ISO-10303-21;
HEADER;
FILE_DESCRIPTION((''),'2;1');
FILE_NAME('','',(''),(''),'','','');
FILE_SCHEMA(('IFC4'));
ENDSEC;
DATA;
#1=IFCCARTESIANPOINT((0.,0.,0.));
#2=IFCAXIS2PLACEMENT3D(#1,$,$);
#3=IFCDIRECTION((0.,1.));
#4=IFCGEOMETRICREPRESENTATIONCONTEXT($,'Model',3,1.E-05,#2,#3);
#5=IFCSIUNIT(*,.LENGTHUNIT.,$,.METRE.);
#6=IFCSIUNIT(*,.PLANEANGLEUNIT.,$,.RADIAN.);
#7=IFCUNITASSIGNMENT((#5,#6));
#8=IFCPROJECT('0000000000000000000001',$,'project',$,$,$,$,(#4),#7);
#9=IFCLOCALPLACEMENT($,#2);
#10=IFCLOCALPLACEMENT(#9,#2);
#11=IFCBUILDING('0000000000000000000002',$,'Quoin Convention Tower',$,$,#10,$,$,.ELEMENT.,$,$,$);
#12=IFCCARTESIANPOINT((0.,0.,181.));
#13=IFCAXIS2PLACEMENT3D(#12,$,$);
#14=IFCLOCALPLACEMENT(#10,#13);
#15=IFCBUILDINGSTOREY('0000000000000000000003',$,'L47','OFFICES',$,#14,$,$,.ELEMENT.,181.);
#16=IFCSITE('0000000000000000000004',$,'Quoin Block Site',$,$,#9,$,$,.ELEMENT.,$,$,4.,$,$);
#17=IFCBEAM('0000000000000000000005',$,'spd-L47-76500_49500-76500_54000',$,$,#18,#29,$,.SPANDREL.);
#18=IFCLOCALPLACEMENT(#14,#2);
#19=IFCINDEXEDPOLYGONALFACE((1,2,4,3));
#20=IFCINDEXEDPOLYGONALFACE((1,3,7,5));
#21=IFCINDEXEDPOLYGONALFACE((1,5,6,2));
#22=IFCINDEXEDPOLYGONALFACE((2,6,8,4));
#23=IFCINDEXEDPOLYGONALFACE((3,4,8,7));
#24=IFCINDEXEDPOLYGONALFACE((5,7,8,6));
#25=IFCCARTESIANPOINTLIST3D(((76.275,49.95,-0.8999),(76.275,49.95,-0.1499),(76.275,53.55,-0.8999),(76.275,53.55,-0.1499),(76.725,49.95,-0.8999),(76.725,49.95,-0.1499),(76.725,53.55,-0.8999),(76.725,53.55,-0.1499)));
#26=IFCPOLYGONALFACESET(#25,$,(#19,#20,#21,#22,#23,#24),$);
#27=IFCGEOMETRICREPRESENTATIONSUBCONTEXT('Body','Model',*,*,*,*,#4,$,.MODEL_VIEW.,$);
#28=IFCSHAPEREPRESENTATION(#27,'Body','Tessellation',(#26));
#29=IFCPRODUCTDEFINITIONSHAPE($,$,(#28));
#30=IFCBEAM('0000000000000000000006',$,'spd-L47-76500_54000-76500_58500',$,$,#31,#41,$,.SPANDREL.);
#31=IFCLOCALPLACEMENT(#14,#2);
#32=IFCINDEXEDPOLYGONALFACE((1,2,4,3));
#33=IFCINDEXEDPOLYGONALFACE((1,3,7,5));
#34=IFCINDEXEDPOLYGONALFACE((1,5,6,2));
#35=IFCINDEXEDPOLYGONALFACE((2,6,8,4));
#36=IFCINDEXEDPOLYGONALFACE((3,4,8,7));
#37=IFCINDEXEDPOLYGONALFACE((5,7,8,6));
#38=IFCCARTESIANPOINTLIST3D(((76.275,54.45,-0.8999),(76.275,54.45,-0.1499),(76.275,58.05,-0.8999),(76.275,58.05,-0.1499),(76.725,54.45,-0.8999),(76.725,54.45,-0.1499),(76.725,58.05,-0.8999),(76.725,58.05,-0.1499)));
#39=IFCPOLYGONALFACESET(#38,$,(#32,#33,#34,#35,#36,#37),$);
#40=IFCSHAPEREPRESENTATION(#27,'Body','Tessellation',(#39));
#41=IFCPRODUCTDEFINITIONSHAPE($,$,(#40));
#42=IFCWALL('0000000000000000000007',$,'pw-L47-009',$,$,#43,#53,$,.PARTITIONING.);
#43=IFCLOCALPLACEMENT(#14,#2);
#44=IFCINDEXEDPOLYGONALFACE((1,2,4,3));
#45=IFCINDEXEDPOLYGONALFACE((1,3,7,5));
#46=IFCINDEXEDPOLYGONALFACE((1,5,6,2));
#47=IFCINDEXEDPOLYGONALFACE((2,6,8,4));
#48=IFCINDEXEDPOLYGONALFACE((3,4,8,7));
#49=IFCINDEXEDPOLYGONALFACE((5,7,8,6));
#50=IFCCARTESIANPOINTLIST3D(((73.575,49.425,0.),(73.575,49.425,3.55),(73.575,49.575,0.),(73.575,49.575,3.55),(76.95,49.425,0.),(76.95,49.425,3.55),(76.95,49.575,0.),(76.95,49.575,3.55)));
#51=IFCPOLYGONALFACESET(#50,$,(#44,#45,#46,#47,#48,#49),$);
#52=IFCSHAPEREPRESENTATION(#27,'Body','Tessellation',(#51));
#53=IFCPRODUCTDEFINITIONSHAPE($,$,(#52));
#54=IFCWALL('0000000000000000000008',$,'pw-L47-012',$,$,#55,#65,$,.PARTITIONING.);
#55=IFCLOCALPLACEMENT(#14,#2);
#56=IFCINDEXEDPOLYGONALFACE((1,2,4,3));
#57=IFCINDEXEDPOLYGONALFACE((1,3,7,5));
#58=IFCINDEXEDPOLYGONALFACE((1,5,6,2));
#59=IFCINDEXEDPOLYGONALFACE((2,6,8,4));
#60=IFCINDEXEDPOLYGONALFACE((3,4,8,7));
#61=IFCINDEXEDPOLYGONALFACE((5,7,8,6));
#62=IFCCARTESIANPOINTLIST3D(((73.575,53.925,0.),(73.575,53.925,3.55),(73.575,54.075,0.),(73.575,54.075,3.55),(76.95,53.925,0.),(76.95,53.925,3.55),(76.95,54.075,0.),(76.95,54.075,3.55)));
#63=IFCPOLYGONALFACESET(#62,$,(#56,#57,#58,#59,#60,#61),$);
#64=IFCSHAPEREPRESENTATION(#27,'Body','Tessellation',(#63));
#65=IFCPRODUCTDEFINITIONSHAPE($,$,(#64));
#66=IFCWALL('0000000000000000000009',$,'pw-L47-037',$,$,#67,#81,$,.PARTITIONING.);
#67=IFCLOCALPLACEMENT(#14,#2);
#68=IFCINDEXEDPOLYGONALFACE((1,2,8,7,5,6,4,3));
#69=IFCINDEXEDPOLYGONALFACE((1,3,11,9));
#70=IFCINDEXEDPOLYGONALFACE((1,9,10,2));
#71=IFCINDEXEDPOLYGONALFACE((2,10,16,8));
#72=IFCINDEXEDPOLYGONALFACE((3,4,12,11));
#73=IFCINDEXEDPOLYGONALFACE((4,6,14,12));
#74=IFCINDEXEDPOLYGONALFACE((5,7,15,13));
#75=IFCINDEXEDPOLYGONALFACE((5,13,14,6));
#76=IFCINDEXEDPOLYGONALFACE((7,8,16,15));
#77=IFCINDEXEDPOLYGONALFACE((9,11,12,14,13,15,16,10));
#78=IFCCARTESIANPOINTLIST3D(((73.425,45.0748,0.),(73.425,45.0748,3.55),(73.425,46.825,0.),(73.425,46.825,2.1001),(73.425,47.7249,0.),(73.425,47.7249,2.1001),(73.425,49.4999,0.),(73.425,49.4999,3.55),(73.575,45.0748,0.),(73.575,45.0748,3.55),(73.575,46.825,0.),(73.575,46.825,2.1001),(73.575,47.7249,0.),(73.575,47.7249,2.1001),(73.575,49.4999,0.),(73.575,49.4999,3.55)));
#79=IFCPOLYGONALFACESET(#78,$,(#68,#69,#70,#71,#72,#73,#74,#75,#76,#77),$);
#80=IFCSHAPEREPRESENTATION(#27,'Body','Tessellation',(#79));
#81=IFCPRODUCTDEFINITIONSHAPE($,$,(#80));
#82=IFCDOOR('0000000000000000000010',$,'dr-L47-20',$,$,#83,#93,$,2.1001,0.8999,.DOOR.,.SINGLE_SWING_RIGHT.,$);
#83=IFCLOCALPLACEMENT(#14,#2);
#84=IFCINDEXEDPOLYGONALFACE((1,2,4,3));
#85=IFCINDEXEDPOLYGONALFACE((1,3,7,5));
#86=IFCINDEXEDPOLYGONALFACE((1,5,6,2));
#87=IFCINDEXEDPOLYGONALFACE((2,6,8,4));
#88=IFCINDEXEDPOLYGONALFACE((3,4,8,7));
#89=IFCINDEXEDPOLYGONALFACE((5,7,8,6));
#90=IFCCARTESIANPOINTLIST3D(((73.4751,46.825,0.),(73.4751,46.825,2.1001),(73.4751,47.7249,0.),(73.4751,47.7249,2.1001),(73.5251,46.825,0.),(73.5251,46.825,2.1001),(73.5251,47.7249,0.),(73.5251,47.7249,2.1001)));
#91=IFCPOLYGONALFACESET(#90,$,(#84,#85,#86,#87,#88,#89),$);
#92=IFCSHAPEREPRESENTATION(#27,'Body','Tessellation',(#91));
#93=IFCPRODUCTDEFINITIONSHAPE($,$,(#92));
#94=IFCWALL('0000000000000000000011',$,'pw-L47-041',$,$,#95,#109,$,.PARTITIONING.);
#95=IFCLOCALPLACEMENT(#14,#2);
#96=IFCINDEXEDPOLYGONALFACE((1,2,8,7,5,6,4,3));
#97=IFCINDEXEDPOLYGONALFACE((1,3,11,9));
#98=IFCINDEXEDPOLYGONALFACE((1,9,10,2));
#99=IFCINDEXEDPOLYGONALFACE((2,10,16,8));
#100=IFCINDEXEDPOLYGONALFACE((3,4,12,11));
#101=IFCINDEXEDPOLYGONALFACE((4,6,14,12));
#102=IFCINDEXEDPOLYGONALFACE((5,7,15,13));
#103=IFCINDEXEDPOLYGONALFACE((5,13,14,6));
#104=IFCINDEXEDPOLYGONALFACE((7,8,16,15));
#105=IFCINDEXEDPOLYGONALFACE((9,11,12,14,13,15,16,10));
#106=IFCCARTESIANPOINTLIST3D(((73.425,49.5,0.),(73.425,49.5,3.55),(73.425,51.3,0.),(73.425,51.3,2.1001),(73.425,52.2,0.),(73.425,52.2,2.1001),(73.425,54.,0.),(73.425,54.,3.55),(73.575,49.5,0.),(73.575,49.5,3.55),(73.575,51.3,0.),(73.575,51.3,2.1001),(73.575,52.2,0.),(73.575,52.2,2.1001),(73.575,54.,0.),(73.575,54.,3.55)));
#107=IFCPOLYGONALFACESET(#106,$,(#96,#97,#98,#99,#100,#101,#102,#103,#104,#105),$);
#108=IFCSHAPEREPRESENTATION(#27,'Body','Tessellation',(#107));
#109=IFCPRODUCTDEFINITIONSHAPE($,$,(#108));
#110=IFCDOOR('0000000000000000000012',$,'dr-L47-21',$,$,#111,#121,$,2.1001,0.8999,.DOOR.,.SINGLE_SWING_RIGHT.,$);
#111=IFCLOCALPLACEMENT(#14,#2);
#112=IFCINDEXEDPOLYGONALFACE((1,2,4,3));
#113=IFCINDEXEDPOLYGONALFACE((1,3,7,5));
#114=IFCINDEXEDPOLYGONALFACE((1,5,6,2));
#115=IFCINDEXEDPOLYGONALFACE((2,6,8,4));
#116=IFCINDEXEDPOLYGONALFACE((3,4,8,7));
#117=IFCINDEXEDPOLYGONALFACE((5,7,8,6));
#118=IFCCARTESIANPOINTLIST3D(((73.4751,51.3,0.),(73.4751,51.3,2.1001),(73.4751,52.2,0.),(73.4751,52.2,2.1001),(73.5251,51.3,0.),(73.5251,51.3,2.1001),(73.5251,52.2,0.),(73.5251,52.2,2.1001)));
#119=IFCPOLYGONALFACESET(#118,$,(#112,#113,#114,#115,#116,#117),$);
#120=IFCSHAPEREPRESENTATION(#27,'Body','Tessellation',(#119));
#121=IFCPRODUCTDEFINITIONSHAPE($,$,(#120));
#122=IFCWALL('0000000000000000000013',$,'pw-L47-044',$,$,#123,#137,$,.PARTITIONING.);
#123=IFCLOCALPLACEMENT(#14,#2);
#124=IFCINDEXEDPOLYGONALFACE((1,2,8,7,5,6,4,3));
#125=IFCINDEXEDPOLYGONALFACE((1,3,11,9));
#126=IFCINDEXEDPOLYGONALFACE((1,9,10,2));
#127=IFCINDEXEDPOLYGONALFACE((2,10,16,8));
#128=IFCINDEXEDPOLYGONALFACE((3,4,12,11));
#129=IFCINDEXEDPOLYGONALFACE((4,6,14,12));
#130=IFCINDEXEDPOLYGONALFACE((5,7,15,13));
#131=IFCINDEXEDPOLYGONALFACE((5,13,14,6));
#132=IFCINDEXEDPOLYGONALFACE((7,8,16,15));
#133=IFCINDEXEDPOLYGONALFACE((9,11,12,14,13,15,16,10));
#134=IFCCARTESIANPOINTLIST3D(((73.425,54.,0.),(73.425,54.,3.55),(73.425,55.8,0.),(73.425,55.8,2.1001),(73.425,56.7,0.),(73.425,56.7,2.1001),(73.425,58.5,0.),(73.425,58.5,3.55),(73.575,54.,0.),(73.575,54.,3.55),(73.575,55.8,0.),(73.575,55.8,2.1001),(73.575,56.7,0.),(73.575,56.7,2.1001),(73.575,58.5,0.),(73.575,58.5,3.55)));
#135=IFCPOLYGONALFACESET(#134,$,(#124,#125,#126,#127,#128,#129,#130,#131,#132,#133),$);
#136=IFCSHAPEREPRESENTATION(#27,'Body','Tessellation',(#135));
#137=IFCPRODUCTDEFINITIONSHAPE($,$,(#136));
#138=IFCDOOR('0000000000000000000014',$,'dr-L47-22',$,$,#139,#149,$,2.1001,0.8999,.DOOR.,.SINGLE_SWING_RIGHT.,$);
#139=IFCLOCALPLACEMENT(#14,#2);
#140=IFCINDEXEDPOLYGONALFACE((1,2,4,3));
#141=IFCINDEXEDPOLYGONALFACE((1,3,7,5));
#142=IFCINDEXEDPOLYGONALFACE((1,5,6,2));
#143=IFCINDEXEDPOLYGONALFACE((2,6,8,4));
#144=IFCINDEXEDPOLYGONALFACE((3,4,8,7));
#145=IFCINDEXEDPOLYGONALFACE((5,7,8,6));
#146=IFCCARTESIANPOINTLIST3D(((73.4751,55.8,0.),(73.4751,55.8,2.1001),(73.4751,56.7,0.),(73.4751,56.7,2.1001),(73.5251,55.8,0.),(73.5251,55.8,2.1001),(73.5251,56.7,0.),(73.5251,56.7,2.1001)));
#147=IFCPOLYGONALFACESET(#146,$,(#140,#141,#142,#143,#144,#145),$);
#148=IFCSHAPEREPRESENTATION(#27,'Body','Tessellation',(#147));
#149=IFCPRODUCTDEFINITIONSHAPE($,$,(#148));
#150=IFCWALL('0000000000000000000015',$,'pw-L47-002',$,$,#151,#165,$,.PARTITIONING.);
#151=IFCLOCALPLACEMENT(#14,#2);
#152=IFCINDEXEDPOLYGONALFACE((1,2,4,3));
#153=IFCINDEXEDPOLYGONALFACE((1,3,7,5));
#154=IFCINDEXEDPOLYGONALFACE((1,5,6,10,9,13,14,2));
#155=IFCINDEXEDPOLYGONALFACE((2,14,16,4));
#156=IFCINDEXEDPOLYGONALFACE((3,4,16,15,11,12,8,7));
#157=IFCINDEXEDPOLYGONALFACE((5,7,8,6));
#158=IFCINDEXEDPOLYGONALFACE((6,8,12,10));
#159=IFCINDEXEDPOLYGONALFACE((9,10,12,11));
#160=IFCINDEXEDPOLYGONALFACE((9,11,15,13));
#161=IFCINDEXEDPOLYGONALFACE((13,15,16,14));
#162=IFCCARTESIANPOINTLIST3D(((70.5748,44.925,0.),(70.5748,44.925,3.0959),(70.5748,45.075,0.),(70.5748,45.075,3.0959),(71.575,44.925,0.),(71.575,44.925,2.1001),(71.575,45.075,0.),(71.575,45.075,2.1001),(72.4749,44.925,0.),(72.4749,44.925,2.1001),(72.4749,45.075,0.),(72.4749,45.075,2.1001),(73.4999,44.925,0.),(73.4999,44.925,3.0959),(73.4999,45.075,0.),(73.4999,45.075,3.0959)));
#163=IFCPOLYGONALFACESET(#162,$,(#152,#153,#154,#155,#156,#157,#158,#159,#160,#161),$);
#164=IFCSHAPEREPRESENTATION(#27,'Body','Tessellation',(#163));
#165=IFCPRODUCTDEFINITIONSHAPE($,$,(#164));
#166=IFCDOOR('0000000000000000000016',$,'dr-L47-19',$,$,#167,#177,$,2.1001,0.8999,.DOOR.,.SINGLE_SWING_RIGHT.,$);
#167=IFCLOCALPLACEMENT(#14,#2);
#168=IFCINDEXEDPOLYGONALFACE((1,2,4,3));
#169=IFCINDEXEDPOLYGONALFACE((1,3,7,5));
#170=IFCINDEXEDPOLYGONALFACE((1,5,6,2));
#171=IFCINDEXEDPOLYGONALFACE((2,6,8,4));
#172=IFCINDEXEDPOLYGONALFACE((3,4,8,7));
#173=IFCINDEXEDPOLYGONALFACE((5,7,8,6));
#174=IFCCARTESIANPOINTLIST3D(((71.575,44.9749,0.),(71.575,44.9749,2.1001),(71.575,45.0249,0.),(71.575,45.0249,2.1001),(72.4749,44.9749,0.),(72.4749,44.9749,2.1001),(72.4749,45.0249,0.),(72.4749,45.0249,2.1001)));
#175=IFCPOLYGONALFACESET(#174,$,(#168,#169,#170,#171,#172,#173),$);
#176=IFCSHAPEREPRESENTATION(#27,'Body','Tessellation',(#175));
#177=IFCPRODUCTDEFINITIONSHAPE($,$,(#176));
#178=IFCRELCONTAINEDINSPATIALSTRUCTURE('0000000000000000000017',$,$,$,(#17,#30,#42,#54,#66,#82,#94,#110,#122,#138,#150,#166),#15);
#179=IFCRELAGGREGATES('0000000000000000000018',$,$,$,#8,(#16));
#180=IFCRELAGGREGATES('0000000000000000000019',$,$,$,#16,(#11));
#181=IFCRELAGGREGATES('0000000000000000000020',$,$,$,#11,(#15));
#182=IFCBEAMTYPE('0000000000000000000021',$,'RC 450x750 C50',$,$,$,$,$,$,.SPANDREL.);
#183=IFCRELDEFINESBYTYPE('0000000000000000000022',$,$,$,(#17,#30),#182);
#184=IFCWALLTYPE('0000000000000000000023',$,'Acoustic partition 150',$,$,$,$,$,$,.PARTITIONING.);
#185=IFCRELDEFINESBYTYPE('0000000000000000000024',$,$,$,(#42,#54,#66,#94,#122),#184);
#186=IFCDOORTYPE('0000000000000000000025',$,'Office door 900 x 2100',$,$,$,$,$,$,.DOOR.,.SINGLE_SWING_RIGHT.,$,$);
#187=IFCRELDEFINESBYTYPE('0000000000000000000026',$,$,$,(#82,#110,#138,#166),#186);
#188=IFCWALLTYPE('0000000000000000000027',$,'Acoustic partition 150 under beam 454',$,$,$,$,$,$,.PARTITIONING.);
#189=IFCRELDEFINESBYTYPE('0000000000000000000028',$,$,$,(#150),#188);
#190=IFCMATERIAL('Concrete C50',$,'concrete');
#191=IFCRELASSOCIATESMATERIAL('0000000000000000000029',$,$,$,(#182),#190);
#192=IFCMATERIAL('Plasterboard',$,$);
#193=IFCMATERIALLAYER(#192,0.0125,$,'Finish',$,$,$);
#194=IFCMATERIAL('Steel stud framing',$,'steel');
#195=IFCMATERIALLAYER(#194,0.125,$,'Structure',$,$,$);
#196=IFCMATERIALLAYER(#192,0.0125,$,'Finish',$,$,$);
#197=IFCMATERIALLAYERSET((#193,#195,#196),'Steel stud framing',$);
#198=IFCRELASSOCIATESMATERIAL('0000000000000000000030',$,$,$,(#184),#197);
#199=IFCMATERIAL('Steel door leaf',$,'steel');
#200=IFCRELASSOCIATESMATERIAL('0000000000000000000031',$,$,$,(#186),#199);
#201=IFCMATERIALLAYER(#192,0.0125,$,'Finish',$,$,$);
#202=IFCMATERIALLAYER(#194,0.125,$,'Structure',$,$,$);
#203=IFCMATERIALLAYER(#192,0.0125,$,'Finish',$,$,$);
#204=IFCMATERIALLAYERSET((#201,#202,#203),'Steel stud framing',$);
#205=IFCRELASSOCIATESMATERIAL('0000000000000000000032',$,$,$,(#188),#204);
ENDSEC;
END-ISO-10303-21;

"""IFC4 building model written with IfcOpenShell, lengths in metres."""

from ifc_helpers import new_model, si_unit, direction, frame, frame_2d, origin, origin_2d, place, context, subcontext, project, spatial, rectangle, extrude, material, layer, layer_set, material_profile, profile_set, type_object, element, fill, save


model = new_model("IFC4")

# Units and contexts
model_context = context("Model", 3, precision=1e-05, world=origin(), true_north=direction((0.0, 1.0)))
body_context = subcontext(model_context, "Body", "Model", "MODEL_VIEW")
ifc_project = project(units=[si_unit("LENGTHUNIT", "METRE"), si_unit("PLANEANGLEUNIT", "RADIAN")], contexts=[model_context])

# Site, building, storey
site_placement = place(None, origin())
site = spatial("IfcSite", under=ifc_project, at=site_placement, Name="Quoin Block Site", CompositionType="ELEMENT", RefElevation=4.0)
building_placement = place(site_placement, origin())
building = spatial("IfcBuilding", under=site, at=building_placement, Name="Quoin Convention Tower", CompositionType="ELEMENT")
storey_placement = place(building_placement, frame((0.0, 0.0, 181.0)))
storey = spatial("IfcBuildingStorey", under=building, at=storey_placement, Name="L47", Description="OFFICES", CompositionType="ELEMENT", Elevation=181.0)

# Shared definitions
ifc_material_1 = material(Name="Concrete C50", Category="concrete")

# Beams
ifc_material_profile_1 = material_profile(ifc_material_1, rectangle(XDim=0.45, YDim=0.75, at=origin_2d()), Name="RC 450x750")
ifc_profile_set_1 = profile_set([ifc_material_profile_1], Name="Concrete C50")
beam_type_1 = type_object("IfcBeamType", Name="RC 450x750 C50", PredefinedType="SPANDREL", material=ifc_profile_set_1)
for number, where, z_axis, x_axis, name in (
    (1, (76.5, 49.95, -0.5249), (0.0, 1.0, 0.0), (-1.0, 0.0, 0.0), "spd-L47-76500_49500-76500_54000"),
    (2, (76.5, 54.45, -0.5249), (0.0, 1.0, 0.0), (-1.0, 0.0, 0.0), "spd-L47-76500_54000-76500_58500"),
):
    element("IfcBeam", number, at=place(storey_placement, frame(where, z_axis=z_axis, x_axis=x_axis)), inside=storey, type_object=beam_type_1, Name=name, PredefinedType="SPANDREL", context=body_context, shape_type="SweptSolid", body=[
        extrude(rectangle(XDim=0.45, YDim=0.75, at=origin_2d()), origin(), (0.0, 0.0, 1.0), 3.6001),
    ])

# Walls
ifc_material_2 = material(Name="Plasterboard")
ifc_layer_1 = layer(ifc_material_2, 0.0125, Name="Finish")
ifc_material_3 = material(Name="Steel stud framing", Category="steel")
ifc_layer_2 = layer(ifc_material_3, 0.125, Name="Structure")
ifc_layer_3 = layer(ifc_material_2, 0.0125, Name="Finish")
ifc_layer_set_1 = layer_set([ifc_layer_1, ifc_layer_2, ifc_layer_3], Name="Steel stud framing")
wall_type_1 = type_object("IfcWallType", Name="Acoustic partition 150", PredefinedType="PARTITIONING", material=ifc_layer_set_1)
for number, where, z_axis, x_axis, name in (
    (3, (73.575, 49.5, 0.0), (0.0, 0.0, 1.0), (1.0, 0.0, 0.0), "pw-L47-009"),
    (4, (73.575, 54.0, 0.0), (0.0, 0.0, 1.0), (1.0, 0.0, 0.0), "pw-L47-012"),
):
    element("IfcWall", number, at=place(storey_placement, frame(where, z_axis=z_axis, x_axis=x_axis)), inside=storey, type_object=wall_type_1, Name=name, PredefinedType="PARTITIONING", context=body_context, shape_type="SweptSolid", body=[
        extrude(rectangle(XDim=3.375, YDim=0.1499, at=frame_2d((1.6875, 0.0))), origin(), (0.0, 0.0, 1.0), 3.55),
    ])

# Walls, openings, doors
wall_1_placement = place(storey_placement, frame((73.5, 45.075, 0.0), z_axis=(0.0, 0.0, 1.0), x_axis=(0.0, 1.0, 0.0)))
wall_1 = element("IfcWall", 5, at=wall_1_placement, inside=storey, type_object=wall_type_1, Name="pw-L47-037", PredefinedType="PARTITIONING", context=body_context, shape_type="SweptSolid", body=[
    extrude(rectangle(XDim=4.425, YDim=0.1499, at=frame_2d((2.2124, 0.0))), origin(), (0.0, 0.0, 1.0), 3.55),
])
opening_1_placement = place(wall_1_placement, frame((1.75, 0.0, 0.0)))
opening_1 = element("IfcOpeningElement", 6, at=opening_1_placement, cuts=wall_1, PredefinedType="OPENING", context=body_context, shape_type="SweptSolid", body=[
    extrude(rectangle(XDim=0.8999, YDim=2.1001, at=frame_2d((0.45, 1.05))), frame((0.0, 0.085, 0.0), z_axis=(0.0, -1.0, 0.0), x_axis=(1.0, 0.0, 0.0)), (0.0, 0.0, 1.0), 0.1699),
])
ifc_material_4 = material(Name="Steel door leaf", Category="steel")
door_type_1 = type_object("IfcDoorType", Name="Office door 900 x 2100", OperationType="SINGLE_SWING_RIGHT", PredefinedType="DOOR", material=ifc_material_4)
door_1_placement = place(opening_1_placement, origin())
door_1 = element("IfcDoor", 7, at=door_1_placement, inside=storey, type_object=door_type_1, Name="dr-L47-20", OperationType="SINGLE_SWING_RIGHT", OverallHeight=2.1001, OverallWidth=0.8999, PredefinedType="DOOR", context=body_context, shape_type="SweptSolid", body=[
    extrude(rectangle(XDim=0.8999, YDim=2.1001, at=frame_2d((0.45, 1.05))), frame((0.0, 0.0249, 0.0), z_axis=(0.0, -1.0, 0.0), x_axis=(1.0, 0.0, 0.0)), (0.0, 0.0, 1.0), 0.05),
])
fill(opening_1, door_1)
wall_2_placement = place(storey_placement, frame((73.5, 49.5, 0.0), z_axis=(0.0, 0.0, 1.0), x_axis=(0.0, 1.0, 0.0)))
wall_2 = element("IfcWall", 8, at=wall_2_placement, inside=storey, type_object=wall_type_1, Name="pw-L47-041", PredefinedType="PARTITIONING", context=body_context, shape_type="SweptSolid", body=[
    extrude(rectangle(XDim=4.5, YDim=0.1499, at=frame_2d((2.25, 0.0))), origin(), (0.0, 0.0, 1.0), 3.55),
])
opening_2_placement = place(wall_2_placement, frame((1.8, 0.0, 0.0)))
opening_2 = element("IfcOpeningElement", 9, at=opening_2_placement, cuts=wall_2, PredefinedType="OPENING", context=body_context, shape_type="SweptSolid", body=[
    extrude(rectangle(XDim=0.8999, YDim=2.1001, at=frame_2d((0.45, 1.05))), frame((0.0, 0.085, 0.0), z_axis=(0.0, -1.0, 0.0), x_axis=(1.0, 0.0, 0.0)), (0.0, 0.0, 1.0), 0.1699),
])
door_2_placement = place(opening_2_placement, origin())
door_2 = element("IfcDoor", 10, at=door_2_placement, inside=storey, type_object=door_type_1, Name="dr-L47-21", OperationType="SINGLE_SWING_RIGHT", OverallHeight=2.1001, OverallWidth=0.8999, PredefinedType="DOOR", context=body_context, shape_type="SweptSolid", body=[
    extrude(rectangle(XDim=0.8999, YDim=2.1001, at=frame_2d((0.45, 1.05))), frame((0.0, 0.0249, 0.0), z_axis=(0.0, -1.0, 0.0), x_axis=(1.0, 0.0, 0.0)), (0.0, 0.0, 1.0), 0.05),
])
fill(opening_2, door_2)
wall_3_placement = place(storey_placement, frame((73.5, 54.0, 0.0), z_axis=(0.0, 0.0, 1.0), x_axis=(0.0, 1.0, 0.0)))
wall_3 = element("IfcWall", 11, at=wall_3_placement, inside=storey, type_object=wall_type_1, Name="pw-L47-044", PredefinedType="PARTITIONING", context=body_context, shape_type="SweptSolid", body=[
    extrude(rectangle(XDim=4.5, YDim=0.1499, at=frame_2d((2.25, 0.0))), origin(), (0.0, 0.0, 1.0), 3.55),
])
opening_3_placement = place(wall_3_placement, frame((1.8, 0.0, 0.0)))
opening_3 = element("IfcOpeningElement", 12, at=opening_3_placement, cuts=wall_3, PredefinedType="OPENING", context=body_context, shape_type="SweptSolid", body=[
    extrude(rectangle(XDim=0.8999, YDim=2.1001, at=frame_2d((0.45, 1.05))), frame((0.0, 0.085, 0.0), z_axis=(0.0, -1.0, 0.0), x_axis=(1.0, 0.0, 0.0)), (0.0, 0.0, 1.0), 0.1699),
])
door_3_placement = place(opening_3_placement, origin())
door_3 = element("IfcDoor", 13, at=door_3_placement, inside=storey, type_object=door_type_1, Name="dr-L47-22", OperationType="SINGLE_SWING_RIGHT", OverallHeight=2.1001, OverallWidth=0.8999, PredefinedType="DOOR", context=body_context, shape_type="SweptSolid", body=[
    extrude(rectangle(XDim=0.8999, YDim=2.1001, at=frame_2d((0.45, 1.05))), frame((0.0, 0.0249, 0.0), z_axis=(0.0, -1.0, 0.0), x_axis=(1.0, 0.0, 0.0)), (0.0, 0.0, 1.0), 0.05),
])
fill(opening_3, door_3)
ifc_layer_4 = layer(ifc_material_2, 0.0125, Name="Finish")
ifc_layer_5 = layer(ifc_material_3, 0.125, Name="Structure")
ifc_layer_6 = layer(ifc_material_2, 0.0125, Name="Finish")
ifc_layer_set_2 = layer_set([ifc_layer_4, ifc_layer_5, ifc_layer_6], Name="Steel stud framing")
wall_type_2 = type_object("IfcWallType", Name="Acoustic partition 150 under beam 454", PredefinedType="PARTITIONING", material=ifc_layer_set_2)
wall_4_placement = place(storey_placement, frame((70.575, 45.0, 0.0), z_axis=(0.0, 0.0, 1.0), x_axis=(1.0, 0.0, 0.0)))
wall_4 = element("IfcWall", 14, at=wall_4_placement, inside=storey, type_object=wall_type_2, Name="pw-L47-002", PredefinedType="PARTITIONING", context=body_context, shape_type="SweptSolid", body=[
    extrude(rectangle(XDim=2.925, YDim=0.1499, at=frame_2d((1.4624, 0.0))), origin(), (0.0, 0.0, 1.0), 3.0959),
])
opening_4_placement = place(wall_4_placement, frame((1.0, 0.0, 0.0)))
opening_4 = element("IfcOpeningElement", 15, at=opening_4_placement, cuts=wall_4, PredefinedType="OPENING", context=body_context, shape_type="SweptSolid", body=[
    extrude(rectangle(XDim=0.8999, YDim=2.1001, at=frame_2d((0.45, 1.05))), frame((0.0, 0.085, 0.0), z_axis=(0.0, -1.0, 0.0), x_axis=(1.0, 0.0, 0.0)), (0.0, 0.0, 1.0), 0.1699),
])
door_4_placement = place(opening_4_placement, origin())
door_4 = element("IfcDoor", 16, at=door_4_placement, inside=storey, type_object=door_type_1, Name="dr-L47-19", OperationType="SINGLE_SWING_RIGHT", OverallHeight=2.1001, OverallWidth=0.8999, PredefinedType="DOOR", context=body_context, shape_type="SweptSolid", body=[
    extrude(rectangle(XDim=0.8999, YDim=2.1001, at=frame_2d((0.45, 1.05))), frame((0.0, 0.0249, 0.0), z_axis=(0.0, -1.0, 0.0), x_axis=(1.0, 0.0, 0.0)), (0.0, 0.0, 1.0), 0.05),
])
fill(opening_4, door_4)

save(model, "model.ifc")
